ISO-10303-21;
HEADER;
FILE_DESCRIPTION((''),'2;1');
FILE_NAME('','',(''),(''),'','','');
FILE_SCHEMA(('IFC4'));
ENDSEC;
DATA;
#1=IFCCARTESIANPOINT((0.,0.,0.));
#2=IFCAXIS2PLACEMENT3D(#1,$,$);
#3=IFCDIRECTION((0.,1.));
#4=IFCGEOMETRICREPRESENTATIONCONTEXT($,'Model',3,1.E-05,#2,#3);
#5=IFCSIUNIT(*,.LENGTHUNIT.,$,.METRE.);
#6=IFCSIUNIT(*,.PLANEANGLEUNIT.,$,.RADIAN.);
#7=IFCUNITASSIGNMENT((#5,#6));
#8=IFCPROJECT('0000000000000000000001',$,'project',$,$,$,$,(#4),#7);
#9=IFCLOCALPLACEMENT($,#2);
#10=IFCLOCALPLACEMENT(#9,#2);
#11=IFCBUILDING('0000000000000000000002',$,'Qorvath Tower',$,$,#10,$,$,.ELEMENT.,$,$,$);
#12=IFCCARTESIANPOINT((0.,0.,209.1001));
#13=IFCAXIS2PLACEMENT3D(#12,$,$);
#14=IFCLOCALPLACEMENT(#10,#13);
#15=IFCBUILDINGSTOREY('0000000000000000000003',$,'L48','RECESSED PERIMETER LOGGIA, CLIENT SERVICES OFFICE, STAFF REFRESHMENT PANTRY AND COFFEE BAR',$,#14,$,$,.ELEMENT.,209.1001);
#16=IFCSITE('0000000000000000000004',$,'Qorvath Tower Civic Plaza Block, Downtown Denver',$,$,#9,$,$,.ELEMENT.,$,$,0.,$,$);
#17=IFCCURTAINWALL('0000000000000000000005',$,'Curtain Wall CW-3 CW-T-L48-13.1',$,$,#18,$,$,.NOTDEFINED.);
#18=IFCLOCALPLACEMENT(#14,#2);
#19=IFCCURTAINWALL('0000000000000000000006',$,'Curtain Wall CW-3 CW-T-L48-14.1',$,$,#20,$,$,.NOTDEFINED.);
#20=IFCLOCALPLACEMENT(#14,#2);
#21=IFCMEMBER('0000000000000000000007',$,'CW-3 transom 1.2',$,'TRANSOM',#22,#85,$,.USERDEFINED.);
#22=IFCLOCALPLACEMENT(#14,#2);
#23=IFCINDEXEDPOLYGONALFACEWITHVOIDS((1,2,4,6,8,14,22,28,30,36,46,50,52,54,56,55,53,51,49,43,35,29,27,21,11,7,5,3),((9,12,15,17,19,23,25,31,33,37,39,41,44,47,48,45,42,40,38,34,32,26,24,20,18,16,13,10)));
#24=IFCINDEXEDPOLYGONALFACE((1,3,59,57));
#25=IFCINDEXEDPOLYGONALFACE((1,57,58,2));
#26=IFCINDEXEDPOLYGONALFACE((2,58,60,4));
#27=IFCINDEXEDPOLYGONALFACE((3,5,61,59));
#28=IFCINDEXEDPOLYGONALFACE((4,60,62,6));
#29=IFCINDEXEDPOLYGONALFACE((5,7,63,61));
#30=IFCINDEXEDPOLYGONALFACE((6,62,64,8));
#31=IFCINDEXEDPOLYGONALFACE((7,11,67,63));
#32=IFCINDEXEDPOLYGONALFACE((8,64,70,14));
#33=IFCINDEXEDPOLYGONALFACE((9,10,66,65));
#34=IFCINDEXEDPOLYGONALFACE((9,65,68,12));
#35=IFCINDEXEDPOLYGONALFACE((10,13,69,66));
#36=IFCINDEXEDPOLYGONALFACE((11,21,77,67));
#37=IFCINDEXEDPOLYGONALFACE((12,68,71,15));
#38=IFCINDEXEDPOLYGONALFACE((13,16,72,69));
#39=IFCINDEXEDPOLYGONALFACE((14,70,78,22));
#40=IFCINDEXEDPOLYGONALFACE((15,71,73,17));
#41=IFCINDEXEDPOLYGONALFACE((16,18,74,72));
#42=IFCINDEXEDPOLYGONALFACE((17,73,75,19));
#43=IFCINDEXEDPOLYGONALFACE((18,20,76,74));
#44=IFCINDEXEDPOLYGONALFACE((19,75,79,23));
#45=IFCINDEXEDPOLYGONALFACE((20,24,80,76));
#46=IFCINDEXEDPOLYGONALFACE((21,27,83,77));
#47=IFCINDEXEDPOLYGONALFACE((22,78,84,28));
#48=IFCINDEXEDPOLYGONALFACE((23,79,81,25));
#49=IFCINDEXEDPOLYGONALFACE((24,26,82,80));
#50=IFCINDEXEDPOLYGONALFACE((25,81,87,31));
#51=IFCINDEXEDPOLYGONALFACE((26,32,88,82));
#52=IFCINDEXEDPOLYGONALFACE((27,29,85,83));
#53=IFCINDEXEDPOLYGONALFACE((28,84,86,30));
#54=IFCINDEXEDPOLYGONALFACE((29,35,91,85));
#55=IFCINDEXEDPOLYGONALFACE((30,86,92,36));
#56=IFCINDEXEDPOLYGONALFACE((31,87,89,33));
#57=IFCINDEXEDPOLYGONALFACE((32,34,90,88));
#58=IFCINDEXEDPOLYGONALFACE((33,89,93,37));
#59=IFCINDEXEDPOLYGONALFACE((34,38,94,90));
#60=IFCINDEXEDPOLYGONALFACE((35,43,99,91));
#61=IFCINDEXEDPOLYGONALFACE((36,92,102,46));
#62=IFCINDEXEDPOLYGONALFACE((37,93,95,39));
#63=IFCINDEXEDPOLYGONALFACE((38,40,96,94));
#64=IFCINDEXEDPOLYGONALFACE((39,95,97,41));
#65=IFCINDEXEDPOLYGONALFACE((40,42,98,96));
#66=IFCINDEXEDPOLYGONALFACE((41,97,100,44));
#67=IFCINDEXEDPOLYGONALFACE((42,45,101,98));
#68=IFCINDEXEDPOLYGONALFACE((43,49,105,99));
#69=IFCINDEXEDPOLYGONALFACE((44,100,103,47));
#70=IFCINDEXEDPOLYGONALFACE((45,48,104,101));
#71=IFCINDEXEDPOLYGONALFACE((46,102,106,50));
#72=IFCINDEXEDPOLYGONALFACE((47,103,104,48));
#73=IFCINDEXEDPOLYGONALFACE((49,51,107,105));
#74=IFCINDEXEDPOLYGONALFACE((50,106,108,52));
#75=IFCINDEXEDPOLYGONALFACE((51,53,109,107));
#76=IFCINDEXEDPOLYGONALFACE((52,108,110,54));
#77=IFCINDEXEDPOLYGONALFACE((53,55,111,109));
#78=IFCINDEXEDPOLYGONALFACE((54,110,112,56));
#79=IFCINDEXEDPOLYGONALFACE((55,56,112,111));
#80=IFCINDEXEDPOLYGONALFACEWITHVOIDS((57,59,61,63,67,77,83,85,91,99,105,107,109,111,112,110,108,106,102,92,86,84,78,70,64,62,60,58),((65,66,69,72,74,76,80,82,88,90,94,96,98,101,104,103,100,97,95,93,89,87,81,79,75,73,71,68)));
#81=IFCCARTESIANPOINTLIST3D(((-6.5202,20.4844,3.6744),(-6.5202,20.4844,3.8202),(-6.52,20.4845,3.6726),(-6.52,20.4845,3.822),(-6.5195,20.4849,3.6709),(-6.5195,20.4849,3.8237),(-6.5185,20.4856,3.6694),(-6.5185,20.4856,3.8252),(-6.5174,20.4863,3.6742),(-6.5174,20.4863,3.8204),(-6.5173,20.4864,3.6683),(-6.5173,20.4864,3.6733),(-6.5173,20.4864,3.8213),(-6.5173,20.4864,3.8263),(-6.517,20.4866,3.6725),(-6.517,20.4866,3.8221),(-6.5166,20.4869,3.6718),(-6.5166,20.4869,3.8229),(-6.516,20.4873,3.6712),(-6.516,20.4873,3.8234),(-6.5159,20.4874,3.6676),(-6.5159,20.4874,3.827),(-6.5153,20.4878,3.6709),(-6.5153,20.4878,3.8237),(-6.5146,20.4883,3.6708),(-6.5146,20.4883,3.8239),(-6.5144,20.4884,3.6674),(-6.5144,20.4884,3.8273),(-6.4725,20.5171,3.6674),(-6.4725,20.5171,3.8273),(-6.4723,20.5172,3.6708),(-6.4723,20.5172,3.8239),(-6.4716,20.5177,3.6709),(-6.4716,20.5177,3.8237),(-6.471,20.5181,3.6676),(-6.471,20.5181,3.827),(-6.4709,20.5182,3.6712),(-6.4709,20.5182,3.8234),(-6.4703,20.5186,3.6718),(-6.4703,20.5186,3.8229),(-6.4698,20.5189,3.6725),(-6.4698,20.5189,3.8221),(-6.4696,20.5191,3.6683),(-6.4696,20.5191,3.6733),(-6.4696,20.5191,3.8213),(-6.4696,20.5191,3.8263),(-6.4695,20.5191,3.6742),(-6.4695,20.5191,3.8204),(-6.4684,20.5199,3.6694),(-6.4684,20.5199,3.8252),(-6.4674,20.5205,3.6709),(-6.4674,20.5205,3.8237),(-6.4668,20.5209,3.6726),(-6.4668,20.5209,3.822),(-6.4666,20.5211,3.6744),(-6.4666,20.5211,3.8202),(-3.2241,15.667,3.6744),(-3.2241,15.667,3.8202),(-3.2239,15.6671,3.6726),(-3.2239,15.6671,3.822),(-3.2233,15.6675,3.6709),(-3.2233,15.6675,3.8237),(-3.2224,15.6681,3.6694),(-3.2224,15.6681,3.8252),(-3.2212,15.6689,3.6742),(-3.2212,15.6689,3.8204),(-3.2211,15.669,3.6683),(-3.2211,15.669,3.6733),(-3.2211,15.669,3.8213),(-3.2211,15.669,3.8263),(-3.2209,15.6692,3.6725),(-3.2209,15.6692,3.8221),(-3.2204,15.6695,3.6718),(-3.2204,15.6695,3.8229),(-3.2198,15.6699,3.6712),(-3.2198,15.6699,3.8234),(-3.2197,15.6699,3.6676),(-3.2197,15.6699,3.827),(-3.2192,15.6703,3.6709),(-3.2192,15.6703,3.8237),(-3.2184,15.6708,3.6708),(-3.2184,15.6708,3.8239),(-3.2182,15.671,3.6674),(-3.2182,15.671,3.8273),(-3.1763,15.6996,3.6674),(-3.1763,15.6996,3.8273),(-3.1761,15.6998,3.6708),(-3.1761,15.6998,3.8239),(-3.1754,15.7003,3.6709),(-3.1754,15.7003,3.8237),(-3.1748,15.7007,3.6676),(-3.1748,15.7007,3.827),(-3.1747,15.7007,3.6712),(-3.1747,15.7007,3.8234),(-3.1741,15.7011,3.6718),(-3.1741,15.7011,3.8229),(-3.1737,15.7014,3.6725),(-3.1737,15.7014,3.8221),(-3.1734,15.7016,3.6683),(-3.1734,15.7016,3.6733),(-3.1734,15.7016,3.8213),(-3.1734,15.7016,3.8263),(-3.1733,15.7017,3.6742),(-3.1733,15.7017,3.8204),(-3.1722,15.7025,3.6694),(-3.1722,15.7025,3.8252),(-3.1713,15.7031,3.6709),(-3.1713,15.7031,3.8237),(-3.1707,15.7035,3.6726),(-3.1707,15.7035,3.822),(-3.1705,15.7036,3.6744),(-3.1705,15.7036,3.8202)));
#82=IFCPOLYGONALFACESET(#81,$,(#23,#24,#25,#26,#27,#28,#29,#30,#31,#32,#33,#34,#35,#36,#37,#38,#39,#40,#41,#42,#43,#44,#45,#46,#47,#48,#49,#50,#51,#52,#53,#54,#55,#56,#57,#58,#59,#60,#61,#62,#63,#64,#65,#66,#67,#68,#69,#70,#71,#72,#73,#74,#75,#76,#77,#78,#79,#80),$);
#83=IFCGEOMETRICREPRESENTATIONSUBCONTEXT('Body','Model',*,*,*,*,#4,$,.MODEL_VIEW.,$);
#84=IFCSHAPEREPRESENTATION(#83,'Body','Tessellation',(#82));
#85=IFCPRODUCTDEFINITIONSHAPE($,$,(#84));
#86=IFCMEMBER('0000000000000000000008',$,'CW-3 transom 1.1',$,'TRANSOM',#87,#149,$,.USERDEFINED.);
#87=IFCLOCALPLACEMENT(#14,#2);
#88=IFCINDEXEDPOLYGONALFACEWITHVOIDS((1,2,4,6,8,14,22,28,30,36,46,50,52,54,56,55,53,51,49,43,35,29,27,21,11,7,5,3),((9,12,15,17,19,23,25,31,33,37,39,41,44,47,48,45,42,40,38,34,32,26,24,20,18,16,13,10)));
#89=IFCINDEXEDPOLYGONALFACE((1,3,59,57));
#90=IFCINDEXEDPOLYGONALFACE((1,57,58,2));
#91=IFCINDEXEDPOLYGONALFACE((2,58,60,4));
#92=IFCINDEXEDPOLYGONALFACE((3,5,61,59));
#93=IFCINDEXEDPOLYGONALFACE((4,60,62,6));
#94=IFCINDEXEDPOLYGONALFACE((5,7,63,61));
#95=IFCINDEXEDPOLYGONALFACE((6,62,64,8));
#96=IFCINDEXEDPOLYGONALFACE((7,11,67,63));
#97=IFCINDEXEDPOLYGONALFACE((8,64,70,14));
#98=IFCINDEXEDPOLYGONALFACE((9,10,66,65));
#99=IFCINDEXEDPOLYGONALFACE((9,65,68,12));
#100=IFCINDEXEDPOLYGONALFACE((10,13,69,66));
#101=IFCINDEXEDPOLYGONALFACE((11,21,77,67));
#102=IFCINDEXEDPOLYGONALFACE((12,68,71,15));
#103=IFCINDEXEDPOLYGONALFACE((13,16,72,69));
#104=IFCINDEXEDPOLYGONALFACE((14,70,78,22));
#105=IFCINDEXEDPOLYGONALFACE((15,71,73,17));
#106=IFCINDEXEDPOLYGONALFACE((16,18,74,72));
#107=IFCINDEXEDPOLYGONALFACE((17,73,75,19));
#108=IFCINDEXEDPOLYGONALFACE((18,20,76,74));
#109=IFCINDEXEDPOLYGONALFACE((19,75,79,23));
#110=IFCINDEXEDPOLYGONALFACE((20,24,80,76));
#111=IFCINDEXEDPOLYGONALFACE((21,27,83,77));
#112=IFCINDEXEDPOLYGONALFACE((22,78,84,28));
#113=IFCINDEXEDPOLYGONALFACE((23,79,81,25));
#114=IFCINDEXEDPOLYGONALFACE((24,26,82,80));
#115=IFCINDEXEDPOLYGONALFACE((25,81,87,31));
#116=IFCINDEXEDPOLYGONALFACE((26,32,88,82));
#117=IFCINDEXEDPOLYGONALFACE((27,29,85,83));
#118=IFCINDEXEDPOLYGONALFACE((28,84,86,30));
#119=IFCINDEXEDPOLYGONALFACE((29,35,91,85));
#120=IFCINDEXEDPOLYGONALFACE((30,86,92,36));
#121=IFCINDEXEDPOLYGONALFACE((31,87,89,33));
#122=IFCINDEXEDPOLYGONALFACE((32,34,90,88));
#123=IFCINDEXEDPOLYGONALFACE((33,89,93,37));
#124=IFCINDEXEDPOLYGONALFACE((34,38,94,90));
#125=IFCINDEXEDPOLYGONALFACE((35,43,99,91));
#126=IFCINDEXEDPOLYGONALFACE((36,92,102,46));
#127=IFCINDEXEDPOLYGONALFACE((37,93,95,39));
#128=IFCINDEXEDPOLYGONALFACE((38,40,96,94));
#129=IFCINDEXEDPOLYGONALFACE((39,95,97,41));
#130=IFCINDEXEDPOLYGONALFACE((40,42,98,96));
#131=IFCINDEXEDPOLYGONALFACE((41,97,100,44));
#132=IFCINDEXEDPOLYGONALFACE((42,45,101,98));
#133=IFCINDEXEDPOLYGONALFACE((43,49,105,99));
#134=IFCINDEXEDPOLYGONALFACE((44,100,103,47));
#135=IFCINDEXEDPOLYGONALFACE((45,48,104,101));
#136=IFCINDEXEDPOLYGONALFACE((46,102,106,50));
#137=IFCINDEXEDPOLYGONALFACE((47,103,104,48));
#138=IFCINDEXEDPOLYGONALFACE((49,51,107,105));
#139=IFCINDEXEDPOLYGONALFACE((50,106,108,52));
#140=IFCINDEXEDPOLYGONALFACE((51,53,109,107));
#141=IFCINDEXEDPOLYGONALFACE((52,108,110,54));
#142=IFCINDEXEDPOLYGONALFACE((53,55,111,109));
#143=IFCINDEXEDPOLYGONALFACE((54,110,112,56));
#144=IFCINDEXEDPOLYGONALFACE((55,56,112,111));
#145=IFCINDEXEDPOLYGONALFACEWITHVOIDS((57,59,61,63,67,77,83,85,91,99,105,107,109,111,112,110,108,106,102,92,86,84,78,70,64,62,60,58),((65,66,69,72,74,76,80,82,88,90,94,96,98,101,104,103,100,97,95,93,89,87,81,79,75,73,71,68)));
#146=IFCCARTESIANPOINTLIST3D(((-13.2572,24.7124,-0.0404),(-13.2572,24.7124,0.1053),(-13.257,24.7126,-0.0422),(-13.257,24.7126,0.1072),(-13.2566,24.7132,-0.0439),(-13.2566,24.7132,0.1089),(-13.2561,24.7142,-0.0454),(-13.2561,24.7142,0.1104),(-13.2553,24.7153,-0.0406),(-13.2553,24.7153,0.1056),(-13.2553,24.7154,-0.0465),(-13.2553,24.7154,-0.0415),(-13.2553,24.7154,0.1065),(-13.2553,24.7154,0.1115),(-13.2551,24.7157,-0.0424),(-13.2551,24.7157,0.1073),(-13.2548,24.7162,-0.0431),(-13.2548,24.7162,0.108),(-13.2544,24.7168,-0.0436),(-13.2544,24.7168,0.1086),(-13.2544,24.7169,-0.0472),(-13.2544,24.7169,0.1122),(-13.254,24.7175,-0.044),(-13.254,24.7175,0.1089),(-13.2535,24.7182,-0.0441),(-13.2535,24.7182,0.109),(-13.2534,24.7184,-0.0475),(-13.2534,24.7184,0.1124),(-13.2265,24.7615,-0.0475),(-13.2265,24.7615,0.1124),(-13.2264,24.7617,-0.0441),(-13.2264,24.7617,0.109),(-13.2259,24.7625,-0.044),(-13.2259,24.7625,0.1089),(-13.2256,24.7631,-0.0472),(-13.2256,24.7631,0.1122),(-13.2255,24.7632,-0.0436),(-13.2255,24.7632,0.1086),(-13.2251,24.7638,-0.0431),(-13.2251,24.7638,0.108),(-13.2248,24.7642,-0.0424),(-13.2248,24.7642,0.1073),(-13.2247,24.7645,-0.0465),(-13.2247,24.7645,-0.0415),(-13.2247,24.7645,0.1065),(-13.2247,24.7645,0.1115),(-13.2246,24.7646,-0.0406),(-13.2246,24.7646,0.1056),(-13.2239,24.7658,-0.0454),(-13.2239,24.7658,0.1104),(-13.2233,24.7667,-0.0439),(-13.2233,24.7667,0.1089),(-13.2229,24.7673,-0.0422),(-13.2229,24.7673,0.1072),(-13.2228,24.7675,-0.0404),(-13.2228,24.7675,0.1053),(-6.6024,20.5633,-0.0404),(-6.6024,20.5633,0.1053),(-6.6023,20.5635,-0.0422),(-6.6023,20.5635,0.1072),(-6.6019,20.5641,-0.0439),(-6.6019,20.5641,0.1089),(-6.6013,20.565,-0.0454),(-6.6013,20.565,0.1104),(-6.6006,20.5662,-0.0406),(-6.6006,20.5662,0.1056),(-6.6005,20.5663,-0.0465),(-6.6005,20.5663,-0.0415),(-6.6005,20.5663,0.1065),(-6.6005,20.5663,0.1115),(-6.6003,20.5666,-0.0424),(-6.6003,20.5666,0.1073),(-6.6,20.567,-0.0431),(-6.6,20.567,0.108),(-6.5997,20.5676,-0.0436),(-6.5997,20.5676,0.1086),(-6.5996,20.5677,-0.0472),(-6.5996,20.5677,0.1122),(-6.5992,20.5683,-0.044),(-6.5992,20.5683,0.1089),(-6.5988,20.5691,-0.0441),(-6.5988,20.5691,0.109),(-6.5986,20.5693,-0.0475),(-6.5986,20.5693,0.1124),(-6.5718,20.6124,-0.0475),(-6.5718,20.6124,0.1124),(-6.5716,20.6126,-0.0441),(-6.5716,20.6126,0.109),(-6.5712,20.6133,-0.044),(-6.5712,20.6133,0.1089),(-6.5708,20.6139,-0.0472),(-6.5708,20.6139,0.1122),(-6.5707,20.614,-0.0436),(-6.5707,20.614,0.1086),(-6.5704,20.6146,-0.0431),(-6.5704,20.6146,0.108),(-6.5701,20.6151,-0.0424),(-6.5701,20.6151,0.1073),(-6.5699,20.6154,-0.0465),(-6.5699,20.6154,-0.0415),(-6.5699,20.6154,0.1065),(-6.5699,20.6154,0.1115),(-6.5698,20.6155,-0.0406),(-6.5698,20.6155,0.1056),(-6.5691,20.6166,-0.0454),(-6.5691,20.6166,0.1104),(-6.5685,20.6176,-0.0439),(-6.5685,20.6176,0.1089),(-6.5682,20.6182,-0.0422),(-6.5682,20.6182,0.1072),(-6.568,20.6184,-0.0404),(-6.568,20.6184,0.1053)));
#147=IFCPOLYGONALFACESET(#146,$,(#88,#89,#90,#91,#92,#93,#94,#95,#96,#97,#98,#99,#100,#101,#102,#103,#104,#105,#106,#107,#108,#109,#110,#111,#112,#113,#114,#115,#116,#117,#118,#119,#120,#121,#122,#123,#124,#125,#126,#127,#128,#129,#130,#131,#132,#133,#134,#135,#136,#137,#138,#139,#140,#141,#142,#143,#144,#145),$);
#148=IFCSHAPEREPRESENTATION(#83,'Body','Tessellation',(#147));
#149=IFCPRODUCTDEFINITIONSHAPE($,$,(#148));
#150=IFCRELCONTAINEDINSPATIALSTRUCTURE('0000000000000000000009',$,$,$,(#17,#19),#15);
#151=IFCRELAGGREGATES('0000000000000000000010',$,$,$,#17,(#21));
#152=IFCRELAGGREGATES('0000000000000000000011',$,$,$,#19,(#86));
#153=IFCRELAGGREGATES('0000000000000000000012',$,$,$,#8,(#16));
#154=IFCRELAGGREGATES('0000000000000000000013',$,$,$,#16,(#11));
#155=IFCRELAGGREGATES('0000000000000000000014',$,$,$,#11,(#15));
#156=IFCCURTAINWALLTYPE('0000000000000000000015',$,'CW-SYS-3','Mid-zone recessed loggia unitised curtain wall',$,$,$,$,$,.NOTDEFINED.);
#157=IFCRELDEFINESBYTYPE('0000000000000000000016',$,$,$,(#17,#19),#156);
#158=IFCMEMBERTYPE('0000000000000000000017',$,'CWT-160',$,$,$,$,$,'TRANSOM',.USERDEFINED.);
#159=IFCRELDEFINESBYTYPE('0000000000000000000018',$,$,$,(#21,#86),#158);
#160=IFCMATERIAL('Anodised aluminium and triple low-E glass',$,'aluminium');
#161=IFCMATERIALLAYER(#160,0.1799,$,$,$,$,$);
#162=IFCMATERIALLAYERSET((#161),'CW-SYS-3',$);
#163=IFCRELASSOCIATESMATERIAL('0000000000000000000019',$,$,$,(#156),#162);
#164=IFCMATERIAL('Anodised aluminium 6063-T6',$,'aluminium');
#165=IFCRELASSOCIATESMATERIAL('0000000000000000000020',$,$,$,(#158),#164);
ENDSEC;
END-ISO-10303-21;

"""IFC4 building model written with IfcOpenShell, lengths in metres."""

from ifc_helpers import new_model, si_unit, direction, frame, origin, origin_2d, place, context, subcontext, project, spatial, hollow_rectangle, extrude, material, layer, layer_set, material_profile, profile_set, type_object, element, aggregate, save


model = new_model("IFC4")

# Units and contexts
model_context = context("Model", 3, precision=1e-05, world=origin(), true_north=direction((0.0, 1.0)))
body_context = subcontext(model_context, "Body", "Model", "MODEL_VIEW")
ifc_project = project(units=[si_unit("LENGTHUNIT", "METRE"), si_unit("PLANEANGLEUNIT", "RADIAN")], contexts=[model_context])

# Site, building, storey
site_placement = place(None, origin())
site = spatial("IfcSite", under=ifc_project, at=site_placement, Name="Qorvath Tower Civic Plaza Block, Downtown Denver", CompositionType="ELEMENT", RefElevation=0.0)
building_placement = place(site_placement, origin())
building = spatial("IfcBuilding", under=site, at=building_placement, Name="Qorvath Tower", CompositionType="ELEMENT")
storey_placement = place(building_placement, frame((0.0, 0.0, 209.1001)))
storey = spatial("IfcBuildingStorey", under=building, at=storey_placement, Name="L48", Description="RECESSED PERIMETER LOGGIA, CLIENT SERVICES OFFICE, STAFF REFRESHMENT PANTRY AND COFFEE BAR", CompositionType="ELEMENT", Elevation=209.1001)

# Shared definitions
ifc_material_1 = material(Name="Anodised aluminium and triple low-E glass", Category="aluminium")
ifc_layer_1 = layer(ifc_material_1, 0.1799)
ifc_layer_set_1 = layer_set([ifc_layer_1], Name="CW-SYS-3")
curtain_wall_type = type_object("IfcCurtainWallType", Name="CW-SYS-3", Description="Mid-zone recessed loggia unitised curtain wall", PredefinedType="NOTDEFINED", material=ifc_layer_set_1)

# Curtain walls
curtain_wall_1_placement = place(storey_placement, origin())
curtain_wall_1 = element("IfcCurtainWall", 1, at=curtain_wall_1_placement, inside=storey, type_object=curtain_wall_type, Name="Curtain Wall CW-3 CW-T-L48-13.1", PredefinedType="NOTDEFINED")
curtain_wall_2_placement = place(storey_placement, origin())
curtain_wall_2 = element("IfcCurtainWall", 2, at=curtain_wall_2_placement, inside=storey, type_object=curtain_wall_type, Name="Curtain Wall CW-3 CW-T-L48-14.1", PredefinedType="NOTDEFINED")

# Members
ifc_material_2 = material(Name="Anodised aluminium 6063-T6", Category="aluminium")
ifc_material_profile_1 = material_profile(ifc_material_2, hollow_rectangle(XDim=0.0649, YDim=0.1599, WallThickness=0.0034, InnerFilletRadius=0.0034, OuterFilletRadius=0.0071, at=origin_2d()), Name="CWT 160x65")
ifc_profile_set_1 = profile_set([ifc_material_profile_1], Name="Anodised aluminium 6063-T6")
member_type_1 = type_object("IfcMemberType", Name="CWT-160", ElementType="TRANSOM", PredefinedType="USERDEFINED", material=ifc_profile_set_1)
member_1_placement = place(storey_placement, frame((-3.1973, 15.6853, 3.7473), z_axis=(-0.564688, 0.825304, 0.0), x_axis=(-0.825304, -0.564688, 0.0)))
member_1 = element("IfcMember", 3, at=member_1_placement, type_object=member_type_1, Name="CW-3 transom 1.2", ObjectType="TRANSOM", PredefinedType="USERDEFINED", context=body_context, shape_type="SweptSolid", body=[
    extrude(hollow_rectangle(XDim=0.0649, YDim=0.1599, WallThickness=0.0034, InnerFilletRadius=0.0034, OuterFilletRadius=0.0071, at=origin_2d()), origin(), (0.0, 0.0, 1.0), 5.8372),
])
member_2_placement = place(storey_placement, frame((-6.5852, 20.5908, 0.0325), z_axis=(-0.848575, 0.529075, 0.0), x_axis=(-0.529075, -0.848575, 0.0)))
member_2 = element("IfcMember", 4, at=member_2_placement, type_object=member_type_1, Name="CW-3 transom 1.1", ObjectType="TRANSOM", PredefinedType="USERDEFINED", context=body_context, shape_type="SweptSolid", body=[
    extrude(hollow_rectangle(XDim=0.0649, YDim=0.1599, WallThickness=0.0034, InnerFilletRadius=0.0034, OuterFilletRadius=0.0071, at=origin_2d()), origin(), (0.0, 0.0, 1.0), 7.8423),
])

aggregate(curtain_wall_1, [member_1])
aggregate(curtain_wall_2, [member_2])

save(model, "model.ifc")
